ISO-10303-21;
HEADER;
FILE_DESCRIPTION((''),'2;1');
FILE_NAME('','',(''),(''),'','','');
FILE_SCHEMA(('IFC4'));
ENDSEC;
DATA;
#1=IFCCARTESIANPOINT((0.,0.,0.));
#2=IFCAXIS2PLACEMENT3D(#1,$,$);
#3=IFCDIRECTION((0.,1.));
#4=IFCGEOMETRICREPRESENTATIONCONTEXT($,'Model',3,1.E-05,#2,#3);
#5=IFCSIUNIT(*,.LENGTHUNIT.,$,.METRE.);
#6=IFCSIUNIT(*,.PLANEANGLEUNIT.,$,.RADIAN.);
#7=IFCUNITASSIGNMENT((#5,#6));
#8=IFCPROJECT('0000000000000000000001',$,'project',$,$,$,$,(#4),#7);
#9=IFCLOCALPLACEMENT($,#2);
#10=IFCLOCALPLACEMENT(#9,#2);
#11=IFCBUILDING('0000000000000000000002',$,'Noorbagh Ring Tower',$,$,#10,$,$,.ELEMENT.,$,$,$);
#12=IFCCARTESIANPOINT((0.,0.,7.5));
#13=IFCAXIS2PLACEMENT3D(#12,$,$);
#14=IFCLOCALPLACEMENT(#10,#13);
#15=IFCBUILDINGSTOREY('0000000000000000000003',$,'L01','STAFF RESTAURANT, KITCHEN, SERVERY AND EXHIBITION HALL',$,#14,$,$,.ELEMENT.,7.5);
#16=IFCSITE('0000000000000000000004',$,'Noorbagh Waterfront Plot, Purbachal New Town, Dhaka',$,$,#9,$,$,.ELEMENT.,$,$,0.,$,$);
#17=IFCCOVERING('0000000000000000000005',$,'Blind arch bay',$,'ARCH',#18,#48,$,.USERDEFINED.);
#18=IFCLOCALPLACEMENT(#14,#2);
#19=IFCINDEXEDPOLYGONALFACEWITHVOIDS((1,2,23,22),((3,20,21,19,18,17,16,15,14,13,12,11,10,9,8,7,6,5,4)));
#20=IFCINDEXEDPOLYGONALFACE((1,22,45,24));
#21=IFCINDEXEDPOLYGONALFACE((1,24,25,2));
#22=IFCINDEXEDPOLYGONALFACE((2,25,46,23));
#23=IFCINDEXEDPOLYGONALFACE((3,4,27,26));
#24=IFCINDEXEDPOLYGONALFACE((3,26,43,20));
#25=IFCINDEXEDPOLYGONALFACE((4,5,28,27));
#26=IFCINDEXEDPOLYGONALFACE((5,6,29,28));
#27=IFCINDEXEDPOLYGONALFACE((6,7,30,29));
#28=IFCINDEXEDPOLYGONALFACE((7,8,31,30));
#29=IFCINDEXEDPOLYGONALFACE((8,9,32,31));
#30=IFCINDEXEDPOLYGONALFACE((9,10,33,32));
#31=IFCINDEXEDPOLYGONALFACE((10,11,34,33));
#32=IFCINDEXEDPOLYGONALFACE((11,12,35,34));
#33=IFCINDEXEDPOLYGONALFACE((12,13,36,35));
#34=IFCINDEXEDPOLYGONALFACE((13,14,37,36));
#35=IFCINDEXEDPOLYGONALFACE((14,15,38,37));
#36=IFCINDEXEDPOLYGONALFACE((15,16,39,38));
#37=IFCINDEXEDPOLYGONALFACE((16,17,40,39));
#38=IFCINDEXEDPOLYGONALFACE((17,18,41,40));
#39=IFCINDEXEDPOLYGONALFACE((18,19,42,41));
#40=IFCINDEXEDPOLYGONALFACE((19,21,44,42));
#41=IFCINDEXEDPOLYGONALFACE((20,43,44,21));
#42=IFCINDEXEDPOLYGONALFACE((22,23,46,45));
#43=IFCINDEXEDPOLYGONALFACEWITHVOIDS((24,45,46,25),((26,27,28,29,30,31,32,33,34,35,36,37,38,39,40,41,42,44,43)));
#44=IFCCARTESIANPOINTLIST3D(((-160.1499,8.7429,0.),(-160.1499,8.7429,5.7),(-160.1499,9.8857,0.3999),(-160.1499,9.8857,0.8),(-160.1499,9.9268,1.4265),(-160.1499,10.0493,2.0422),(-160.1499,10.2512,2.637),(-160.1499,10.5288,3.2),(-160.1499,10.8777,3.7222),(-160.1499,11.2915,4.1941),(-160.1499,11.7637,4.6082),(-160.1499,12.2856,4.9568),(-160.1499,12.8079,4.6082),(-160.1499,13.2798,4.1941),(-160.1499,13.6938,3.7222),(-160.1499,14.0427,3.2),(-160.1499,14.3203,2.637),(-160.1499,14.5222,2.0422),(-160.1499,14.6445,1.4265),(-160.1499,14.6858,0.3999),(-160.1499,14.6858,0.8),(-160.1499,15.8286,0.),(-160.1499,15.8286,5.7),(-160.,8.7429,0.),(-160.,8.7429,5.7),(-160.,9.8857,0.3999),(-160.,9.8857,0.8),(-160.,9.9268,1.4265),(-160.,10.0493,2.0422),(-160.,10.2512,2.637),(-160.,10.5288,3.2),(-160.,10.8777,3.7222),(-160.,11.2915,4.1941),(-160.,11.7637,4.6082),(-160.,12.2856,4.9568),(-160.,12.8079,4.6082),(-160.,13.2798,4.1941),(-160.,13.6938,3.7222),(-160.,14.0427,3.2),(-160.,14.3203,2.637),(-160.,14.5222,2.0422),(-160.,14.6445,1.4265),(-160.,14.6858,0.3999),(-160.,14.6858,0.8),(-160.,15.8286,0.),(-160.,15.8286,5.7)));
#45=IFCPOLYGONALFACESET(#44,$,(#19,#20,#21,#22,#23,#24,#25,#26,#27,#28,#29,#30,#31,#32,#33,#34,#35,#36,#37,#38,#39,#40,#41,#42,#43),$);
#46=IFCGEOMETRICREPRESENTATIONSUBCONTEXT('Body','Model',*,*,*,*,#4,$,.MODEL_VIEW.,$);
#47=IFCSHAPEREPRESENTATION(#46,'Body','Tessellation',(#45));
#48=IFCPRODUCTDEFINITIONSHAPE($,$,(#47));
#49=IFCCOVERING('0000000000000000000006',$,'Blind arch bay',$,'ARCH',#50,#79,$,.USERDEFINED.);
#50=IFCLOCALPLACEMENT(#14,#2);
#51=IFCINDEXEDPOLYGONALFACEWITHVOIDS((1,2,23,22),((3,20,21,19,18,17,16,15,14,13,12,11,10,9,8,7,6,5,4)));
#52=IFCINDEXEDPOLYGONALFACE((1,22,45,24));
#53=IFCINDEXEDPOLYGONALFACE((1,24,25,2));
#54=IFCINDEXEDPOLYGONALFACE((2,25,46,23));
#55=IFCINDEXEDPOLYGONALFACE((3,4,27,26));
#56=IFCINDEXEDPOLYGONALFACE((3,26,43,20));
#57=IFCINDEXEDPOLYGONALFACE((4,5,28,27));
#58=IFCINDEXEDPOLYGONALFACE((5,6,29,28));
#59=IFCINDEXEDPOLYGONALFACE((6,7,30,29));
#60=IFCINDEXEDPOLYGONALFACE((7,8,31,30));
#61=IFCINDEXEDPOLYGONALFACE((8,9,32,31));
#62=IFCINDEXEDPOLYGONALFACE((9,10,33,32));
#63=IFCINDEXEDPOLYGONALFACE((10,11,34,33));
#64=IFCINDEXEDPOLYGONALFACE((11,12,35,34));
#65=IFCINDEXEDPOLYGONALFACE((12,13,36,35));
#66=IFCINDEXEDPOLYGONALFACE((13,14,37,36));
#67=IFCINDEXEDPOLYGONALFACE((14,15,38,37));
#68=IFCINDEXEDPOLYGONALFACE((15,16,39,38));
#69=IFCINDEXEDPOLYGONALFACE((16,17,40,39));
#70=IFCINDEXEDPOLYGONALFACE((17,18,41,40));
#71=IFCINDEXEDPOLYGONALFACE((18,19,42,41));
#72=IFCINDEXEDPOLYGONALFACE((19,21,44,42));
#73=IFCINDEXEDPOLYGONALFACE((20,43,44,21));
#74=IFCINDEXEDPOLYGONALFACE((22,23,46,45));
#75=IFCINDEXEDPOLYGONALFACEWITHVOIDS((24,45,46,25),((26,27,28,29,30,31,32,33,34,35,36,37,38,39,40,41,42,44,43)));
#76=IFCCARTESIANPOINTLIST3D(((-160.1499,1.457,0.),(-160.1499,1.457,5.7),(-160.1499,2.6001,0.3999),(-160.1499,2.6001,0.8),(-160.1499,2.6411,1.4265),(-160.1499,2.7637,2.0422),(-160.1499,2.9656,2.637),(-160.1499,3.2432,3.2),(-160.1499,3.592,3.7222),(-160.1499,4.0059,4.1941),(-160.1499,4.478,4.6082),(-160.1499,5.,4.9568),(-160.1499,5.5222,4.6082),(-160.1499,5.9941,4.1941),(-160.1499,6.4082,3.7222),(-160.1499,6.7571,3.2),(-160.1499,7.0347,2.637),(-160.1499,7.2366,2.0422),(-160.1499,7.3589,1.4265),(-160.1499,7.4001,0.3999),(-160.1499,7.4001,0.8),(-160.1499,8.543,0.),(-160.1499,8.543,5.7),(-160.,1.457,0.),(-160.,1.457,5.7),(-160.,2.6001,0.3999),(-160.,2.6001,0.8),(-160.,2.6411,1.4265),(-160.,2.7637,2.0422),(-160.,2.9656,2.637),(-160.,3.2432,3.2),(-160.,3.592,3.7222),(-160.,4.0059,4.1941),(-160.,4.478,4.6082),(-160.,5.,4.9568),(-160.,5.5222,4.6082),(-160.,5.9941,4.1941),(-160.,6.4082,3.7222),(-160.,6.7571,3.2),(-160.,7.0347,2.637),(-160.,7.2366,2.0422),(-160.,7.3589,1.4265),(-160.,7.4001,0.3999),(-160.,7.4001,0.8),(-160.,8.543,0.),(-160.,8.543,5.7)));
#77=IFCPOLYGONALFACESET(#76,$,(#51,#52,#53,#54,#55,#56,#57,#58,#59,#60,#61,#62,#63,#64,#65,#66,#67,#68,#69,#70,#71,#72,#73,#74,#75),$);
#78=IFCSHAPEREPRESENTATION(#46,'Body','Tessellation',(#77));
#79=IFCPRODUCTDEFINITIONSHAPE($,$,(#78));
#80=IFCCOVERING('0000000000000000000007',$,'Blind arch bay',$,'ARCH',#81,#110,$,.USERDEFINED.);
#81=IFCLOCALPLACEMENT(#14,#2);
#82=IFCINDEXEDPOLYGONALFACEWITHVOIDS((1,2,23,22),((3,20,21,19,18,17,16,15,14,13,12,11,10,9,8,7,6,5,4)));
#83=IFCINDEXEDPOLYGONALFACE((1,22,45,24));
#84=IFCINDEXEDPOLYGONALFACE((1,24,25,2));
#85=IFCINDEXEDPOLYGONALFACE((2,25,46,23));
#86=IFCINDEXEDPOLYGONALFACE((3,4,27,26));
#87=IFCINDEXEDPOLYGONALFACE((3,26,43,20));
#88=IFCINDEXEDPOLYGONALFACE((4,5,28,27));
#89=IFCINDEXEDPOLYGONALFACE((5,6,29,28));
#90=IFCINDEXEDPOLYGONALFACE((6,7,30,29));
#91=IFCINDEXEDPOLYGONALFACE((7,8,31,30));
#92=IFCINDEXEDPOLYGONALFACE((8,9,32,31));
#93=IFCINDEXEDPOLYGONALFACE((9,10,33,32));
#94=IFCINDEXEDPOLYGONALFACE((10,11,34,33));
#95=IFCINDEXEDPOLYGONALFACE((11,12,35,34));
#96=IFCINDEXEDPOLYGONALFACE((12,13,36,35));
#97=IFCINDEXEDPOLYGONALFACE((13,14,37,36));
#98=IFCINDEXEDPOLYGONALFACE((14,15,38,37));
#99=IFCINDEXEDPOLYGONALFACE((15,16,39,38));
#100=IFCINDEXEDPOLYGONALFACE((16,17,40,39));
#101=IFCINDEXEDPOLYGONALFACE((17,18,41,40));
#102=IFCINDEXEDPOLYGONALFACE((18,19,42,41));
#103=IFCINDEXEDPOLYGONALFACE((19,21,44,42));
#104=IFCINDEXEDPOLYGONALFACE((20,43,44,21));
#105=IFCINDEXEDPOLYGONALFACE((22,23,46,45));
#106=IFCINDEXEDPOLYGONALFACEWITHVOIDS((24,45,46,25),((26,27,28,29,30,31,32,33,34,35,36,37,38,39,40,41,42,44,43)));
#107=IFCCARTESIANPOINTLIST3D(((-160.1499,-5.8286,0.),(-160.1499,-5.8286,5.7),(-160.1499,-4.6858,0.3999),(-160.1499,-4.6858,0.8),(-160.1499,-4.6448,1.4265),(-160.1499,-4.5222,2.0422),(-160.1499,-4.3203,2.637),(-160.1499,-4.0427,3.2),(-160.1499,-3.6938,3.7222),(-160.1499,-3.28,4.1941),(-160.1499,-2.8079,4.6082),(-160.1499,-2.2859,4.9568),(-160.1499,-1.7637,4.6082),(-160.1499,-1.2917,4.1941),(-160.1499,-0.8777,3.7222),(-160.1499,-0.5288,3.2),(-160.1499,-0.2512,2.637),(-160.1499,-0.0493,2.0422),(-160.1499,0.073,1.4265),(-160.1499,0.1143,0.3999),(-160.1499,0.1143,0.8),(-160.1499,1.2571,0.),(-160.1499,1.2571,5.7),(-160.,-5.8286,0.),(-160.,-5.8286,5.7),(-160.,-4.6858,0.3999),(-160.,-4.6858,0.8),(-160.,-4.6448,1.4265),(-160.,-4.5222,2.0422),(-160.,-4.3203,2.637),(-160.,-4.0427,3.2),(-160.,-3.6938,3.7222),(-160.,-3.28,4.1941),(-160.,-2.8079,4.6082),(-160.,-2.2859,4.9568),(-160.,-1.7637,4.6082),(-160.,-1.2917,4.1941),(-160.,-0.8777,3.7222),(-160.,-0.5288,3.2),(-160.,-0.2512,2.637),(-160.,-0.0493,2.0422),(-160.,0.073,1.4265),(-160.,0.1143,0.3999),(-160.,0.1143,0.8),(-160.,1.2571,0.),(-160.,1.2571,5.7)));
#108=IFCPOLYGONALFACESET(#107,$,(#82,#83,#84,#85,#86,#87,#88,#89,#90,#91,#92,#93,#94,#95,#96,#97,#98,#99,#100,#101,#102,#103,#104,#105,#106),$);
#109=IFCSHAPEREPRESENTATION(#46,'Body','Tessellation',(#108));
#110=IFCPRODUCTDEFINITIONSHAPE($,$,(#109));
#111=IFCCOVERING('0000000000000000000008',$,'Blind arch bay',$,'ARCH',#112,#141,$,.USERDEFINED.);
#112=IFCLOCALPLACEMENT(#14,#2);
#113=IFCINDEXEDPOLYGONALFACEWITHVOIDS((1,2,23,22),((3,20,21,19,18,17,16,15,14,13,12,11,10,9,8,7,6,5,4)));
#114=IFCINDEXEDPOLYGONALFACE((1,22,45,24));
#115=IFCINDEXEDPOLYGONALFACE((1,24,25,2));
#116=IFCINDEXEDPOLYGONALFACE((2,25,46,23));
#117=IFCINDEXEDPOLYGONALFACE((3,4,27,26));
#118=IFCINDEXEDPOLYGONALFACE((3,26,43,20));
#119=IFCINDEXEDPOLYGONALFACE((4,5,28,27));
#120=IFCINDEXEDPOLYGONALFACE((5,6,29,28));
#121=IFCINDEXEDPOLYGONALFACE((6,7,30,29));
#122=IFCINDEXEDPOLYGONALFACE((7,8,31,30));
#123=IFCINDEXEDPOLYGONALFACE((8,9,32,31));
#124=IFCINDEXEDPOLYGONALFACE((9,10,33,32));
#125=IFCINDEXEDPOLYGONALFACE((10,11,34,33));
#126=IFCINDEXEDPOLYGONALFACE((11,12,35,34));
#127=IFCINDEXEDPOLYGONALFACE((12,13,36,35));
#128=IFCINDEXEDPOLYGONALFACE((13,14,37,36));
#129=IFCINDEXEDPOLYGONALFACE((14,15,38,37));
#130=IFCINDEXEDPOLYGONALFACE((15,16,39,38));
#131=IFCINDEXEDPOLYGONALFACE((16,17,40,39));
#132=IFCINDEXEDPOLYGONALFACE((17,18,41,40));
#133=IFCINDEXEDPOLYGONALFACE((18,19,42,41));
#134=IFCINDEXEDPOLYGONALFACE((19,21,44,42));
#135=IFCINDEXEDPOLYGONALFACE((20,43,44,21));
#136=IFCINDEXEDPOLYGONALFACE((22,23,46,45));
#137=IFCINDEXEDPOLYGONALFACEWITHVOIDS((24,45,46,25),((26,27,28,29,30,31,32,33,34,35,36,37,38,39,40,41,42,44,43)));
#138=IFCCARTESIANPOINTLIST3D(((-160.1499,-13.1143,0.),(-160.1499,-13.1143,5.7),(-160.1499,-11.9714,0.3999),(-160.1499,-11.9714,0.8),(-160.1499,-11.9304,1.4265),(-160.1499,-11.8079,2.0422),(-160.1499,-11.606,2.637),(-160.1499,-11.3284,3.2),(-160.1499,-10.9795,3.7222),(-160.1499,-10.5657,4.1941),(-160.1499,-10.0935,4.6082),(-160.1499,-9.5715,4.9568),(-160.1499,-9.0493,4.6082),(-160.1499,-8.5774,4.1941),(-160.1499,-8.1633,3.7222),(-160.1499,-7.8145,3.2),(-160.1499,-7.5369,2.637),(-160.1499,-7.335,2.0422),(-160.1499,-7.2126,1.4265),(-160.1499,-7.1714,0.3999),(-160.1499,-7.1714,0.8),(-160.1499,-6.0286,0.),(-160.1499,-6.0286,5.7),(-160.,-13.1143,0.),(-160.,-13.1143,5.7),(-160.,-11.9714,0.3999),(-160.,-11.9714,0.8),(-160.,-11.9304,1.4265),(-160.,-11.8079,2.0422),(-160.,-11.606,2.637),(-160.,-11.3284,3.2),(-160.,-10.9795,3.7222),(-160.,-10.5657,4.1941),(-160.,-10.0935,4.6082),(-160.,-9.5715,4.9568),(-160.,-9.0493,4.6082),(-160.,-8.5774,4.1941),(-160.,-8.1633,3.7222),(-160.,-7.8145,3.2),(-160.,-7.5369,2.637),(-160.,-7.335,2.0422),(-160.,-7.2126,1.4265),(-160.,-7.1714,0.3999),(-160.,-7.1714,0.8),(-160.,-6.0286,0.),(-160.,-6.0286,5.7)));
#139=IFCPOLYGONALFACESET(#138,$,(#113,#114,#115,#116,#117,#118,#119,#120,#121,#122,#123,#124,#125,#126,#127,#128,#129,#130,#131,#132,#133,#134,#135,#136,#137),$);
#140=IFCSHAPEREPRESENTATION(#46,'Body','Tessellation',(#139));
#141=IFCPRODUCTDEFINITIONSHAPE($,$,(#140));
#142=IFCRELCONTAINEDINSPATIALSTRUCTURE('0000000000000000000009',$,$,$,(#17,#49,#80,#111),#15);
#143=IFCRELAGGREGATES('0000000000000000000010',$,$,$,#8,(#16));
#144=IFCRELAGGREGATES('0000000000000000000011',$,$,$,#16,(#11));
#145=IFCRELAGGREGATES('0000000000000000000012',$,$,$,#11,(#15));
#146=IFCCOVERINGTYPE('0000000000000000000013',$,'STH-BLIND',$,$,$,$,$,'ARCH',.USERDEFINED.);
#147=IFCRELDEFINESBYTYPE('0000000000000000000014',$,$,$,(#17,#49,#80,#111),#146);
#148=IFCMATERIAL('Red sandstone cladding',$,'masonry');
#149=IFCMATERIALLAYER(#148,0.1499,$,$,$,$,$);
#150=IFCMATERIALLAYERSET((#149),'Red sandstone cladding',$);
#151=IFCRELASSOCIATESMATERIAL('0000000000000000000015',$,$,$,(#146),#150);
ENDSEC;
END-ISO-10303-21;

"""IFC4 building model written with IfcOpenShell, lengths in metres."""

from ifc_helpers import new_model, si_unit, direction, frame, origin, place, context, subcontext, project, spatial, polyline, outline, extrude, material, layer, layer_set, type_object, element, save


model = new_model("IFC4")

# Units and contexts
model_context = context("Model", 3, precision=1e-05, world=origin(), true_north=direction((0.0, 1.0)))
body_context = subcontext(model_context, "Body", "Model", "MODEL_VIEW")
ifc_project = project(units=[si_unit("LENGTHUNIT", "METRE"), si_unit("PLANEANGLEUNIT", "RADIAN")], contexts=[model_context])

# Site, building, storey
site_placement = place(None, origin())
site = spatial("IfcSite", under=ifc_project, at=site_placement, Name="Noorbagh Waterfront Plot, Purbachal New Town, Dhaka", CompositionType="ELEMENT", RefElevation=0.0)
building_placement = place(site_placement, origin())
building = spatial("IfcBuilding", under=site, at=building_placement, Name="Noorbagh Ring Tower", CompositionType="ELEMENT")
storey_placement = place(building_placement, frame((0.0, 0.0, 7.5)))
storey = spatial("IfcBuildingStorey", under=building, at=storey_placement, Name="L01", Description="STAFF RESTAURANT, KITCHEN, SERVERY AND EXHIBITION HALL", CompositionType="ELEMENT", Elevation=7.5)

# Coverings
ifc_material_1 = material(Name="Red sandstone cladding", Category="masonry")
ifc_layer = layer(ifc_material_1, 0.1499)
ifc_layer_set = layer_set([ifc_layer], Name="Red sandstone cladding")
covering_type = type_object("IfcCoveringType", Name="STH-BLIND", ElementType="ARCH", PredefinedType="USERDEFINED", material=ifc_layer_set)
covering_1_placement = place(storey_placement, frame((-160.1499, 15.8286, 0.0), z_axis=(-1.0, 0.0, 0.0), x_axis=(0.0, -1.0, 0.0)))
element("IfcCovering", 1, at=covering_1_placement, inside=storey, type_object=covering_type, Name="Blind arch bay", ObjectType="ARCH", PredefinedType="USERDEFINED", context=body_context, shape_type="SweptSolid", body=[
    extrude(outline(polyline([(0.0, 0.0), (7.0857, 0.0), (7.0857, 5.7), (0.0, 5.7), (0.0, 0.0)]), holes=[polyline([(1.1428, 0.3999), (1.1428, 0.8), (1.1841, 1.4265), (1.3064, 2.0422), (1.5083, 2.637), (1.7859, 3.2), (2.1348, 3.7222), (2.5488, 4.1941), (3.0208, 4.6082), (3.543, 4.9568), (4.0649, 4.6082), (4.5371, 4.1941), (4.9509, 3.7222), (5.2998, 3.2), (5.5774, 2.637), (5.7793, 2.0422), (5.9019, 1.4265), (5.9429, 0.8), (5.9429, 0.3999), (1.1428, 0.3999)])]), origin(), (0.0, 0.0, -1.0), 0.1499),
])
covering_2_placement = place(storey_placement, frame((-160.1499, 8.543, 0.0), z_axis=(-1.0, 0.0, 0.0), x_axis=(0.0, -1.0, 0.0)))
element("IfcCovering", 2, at=covering_2_placement, inside=storey, type_object=covering_type, Name="Blind arch bay", ObjectType="ARCH", PredefinedType="USERDEFINED", context=body_context, shape_type="SweptSolid", body=[
    extrude(outline(polyline([(0.0, 0.0), (7.0859, 0.0), (7.0859, 5.7), (0.0, 5.7), (0.0, 0.0)]), holes=[polyline([(1.1428, 0.3999), (1.1428, 0.8), (1.1841, 1.4265), (1.3064, 2.0422), (1.5083, 2.637), (1.7859, 3.2), (2.1348, 3.7222), (2.5488, 4.1941), (3.0208, 4.6082), (3.543, 4.9568), (4.0649, 4.6082), (4.5371, 4.1941), (4.9509, 3.7222), (5.2998, 3.2), (5.5774, 2.637), (5.7793, 2.0422), (5.9019, 1.4265), (5.9429, 0.8), (5.9429, 0.3999), (1.1428, 0.3999)])]), origin(), (0.0, 0.0, -1.0), 0.1499),
])
for number, where, z_axis, x_axis, name in (
    (3, (-160.1499, 1.2571, 0.0), (-1.0, 0.0, 0.0), (0.0, -1.0, 0.0), "Blind arch bay"),
    (4, (-160.1499, -6.0286, 0.0), (-1.0, 0.0, 0.0), (0.0, -1.0, 0.0), "Blind arch bay"),
):
    element("IfcCovering", number, at=place(storey_placement, frame(where, z_axis=z_axis, x_axis=x_axis)), inside=storey, type_object=covering_type, Name=name, ObjectType="ARCH", PredefinedType="USERDEFINED", context=body_context, shape_type="SweptSolid", body=[
        extrude(outline(polyline([(0.0, 0.0), (7.0857, 0.0), (7.0857, 5.7), (0.0, 5.7), (0.0, 0.0)]), holes=[polyline([(1.1428, 0.3999), (1.1428, 0.8), (1.1841, 1.4265), (1.3064, 2.0422), (1.5083, 2.637), (1.7859, 3.2), (2.1348, 3.7222), (2.5488, 4.1941), (3.0208, 4.6082), (3.543, 4.9568), (4.0649, 4.6082), (4.5371, 4.1941), (4.9509, 3.7222), (5.2998, 3.2), (5.5774, 2.637), (5.7793, 2.0422), (5.9019, 1.4265), (5.9429, 0.8), (5.9429, 0.3999), (1.1428, 0.3999)])]), origin(), (0.0, 0.0, -1.0), 0.1499),
    ])

save(model, "model.ifc")
